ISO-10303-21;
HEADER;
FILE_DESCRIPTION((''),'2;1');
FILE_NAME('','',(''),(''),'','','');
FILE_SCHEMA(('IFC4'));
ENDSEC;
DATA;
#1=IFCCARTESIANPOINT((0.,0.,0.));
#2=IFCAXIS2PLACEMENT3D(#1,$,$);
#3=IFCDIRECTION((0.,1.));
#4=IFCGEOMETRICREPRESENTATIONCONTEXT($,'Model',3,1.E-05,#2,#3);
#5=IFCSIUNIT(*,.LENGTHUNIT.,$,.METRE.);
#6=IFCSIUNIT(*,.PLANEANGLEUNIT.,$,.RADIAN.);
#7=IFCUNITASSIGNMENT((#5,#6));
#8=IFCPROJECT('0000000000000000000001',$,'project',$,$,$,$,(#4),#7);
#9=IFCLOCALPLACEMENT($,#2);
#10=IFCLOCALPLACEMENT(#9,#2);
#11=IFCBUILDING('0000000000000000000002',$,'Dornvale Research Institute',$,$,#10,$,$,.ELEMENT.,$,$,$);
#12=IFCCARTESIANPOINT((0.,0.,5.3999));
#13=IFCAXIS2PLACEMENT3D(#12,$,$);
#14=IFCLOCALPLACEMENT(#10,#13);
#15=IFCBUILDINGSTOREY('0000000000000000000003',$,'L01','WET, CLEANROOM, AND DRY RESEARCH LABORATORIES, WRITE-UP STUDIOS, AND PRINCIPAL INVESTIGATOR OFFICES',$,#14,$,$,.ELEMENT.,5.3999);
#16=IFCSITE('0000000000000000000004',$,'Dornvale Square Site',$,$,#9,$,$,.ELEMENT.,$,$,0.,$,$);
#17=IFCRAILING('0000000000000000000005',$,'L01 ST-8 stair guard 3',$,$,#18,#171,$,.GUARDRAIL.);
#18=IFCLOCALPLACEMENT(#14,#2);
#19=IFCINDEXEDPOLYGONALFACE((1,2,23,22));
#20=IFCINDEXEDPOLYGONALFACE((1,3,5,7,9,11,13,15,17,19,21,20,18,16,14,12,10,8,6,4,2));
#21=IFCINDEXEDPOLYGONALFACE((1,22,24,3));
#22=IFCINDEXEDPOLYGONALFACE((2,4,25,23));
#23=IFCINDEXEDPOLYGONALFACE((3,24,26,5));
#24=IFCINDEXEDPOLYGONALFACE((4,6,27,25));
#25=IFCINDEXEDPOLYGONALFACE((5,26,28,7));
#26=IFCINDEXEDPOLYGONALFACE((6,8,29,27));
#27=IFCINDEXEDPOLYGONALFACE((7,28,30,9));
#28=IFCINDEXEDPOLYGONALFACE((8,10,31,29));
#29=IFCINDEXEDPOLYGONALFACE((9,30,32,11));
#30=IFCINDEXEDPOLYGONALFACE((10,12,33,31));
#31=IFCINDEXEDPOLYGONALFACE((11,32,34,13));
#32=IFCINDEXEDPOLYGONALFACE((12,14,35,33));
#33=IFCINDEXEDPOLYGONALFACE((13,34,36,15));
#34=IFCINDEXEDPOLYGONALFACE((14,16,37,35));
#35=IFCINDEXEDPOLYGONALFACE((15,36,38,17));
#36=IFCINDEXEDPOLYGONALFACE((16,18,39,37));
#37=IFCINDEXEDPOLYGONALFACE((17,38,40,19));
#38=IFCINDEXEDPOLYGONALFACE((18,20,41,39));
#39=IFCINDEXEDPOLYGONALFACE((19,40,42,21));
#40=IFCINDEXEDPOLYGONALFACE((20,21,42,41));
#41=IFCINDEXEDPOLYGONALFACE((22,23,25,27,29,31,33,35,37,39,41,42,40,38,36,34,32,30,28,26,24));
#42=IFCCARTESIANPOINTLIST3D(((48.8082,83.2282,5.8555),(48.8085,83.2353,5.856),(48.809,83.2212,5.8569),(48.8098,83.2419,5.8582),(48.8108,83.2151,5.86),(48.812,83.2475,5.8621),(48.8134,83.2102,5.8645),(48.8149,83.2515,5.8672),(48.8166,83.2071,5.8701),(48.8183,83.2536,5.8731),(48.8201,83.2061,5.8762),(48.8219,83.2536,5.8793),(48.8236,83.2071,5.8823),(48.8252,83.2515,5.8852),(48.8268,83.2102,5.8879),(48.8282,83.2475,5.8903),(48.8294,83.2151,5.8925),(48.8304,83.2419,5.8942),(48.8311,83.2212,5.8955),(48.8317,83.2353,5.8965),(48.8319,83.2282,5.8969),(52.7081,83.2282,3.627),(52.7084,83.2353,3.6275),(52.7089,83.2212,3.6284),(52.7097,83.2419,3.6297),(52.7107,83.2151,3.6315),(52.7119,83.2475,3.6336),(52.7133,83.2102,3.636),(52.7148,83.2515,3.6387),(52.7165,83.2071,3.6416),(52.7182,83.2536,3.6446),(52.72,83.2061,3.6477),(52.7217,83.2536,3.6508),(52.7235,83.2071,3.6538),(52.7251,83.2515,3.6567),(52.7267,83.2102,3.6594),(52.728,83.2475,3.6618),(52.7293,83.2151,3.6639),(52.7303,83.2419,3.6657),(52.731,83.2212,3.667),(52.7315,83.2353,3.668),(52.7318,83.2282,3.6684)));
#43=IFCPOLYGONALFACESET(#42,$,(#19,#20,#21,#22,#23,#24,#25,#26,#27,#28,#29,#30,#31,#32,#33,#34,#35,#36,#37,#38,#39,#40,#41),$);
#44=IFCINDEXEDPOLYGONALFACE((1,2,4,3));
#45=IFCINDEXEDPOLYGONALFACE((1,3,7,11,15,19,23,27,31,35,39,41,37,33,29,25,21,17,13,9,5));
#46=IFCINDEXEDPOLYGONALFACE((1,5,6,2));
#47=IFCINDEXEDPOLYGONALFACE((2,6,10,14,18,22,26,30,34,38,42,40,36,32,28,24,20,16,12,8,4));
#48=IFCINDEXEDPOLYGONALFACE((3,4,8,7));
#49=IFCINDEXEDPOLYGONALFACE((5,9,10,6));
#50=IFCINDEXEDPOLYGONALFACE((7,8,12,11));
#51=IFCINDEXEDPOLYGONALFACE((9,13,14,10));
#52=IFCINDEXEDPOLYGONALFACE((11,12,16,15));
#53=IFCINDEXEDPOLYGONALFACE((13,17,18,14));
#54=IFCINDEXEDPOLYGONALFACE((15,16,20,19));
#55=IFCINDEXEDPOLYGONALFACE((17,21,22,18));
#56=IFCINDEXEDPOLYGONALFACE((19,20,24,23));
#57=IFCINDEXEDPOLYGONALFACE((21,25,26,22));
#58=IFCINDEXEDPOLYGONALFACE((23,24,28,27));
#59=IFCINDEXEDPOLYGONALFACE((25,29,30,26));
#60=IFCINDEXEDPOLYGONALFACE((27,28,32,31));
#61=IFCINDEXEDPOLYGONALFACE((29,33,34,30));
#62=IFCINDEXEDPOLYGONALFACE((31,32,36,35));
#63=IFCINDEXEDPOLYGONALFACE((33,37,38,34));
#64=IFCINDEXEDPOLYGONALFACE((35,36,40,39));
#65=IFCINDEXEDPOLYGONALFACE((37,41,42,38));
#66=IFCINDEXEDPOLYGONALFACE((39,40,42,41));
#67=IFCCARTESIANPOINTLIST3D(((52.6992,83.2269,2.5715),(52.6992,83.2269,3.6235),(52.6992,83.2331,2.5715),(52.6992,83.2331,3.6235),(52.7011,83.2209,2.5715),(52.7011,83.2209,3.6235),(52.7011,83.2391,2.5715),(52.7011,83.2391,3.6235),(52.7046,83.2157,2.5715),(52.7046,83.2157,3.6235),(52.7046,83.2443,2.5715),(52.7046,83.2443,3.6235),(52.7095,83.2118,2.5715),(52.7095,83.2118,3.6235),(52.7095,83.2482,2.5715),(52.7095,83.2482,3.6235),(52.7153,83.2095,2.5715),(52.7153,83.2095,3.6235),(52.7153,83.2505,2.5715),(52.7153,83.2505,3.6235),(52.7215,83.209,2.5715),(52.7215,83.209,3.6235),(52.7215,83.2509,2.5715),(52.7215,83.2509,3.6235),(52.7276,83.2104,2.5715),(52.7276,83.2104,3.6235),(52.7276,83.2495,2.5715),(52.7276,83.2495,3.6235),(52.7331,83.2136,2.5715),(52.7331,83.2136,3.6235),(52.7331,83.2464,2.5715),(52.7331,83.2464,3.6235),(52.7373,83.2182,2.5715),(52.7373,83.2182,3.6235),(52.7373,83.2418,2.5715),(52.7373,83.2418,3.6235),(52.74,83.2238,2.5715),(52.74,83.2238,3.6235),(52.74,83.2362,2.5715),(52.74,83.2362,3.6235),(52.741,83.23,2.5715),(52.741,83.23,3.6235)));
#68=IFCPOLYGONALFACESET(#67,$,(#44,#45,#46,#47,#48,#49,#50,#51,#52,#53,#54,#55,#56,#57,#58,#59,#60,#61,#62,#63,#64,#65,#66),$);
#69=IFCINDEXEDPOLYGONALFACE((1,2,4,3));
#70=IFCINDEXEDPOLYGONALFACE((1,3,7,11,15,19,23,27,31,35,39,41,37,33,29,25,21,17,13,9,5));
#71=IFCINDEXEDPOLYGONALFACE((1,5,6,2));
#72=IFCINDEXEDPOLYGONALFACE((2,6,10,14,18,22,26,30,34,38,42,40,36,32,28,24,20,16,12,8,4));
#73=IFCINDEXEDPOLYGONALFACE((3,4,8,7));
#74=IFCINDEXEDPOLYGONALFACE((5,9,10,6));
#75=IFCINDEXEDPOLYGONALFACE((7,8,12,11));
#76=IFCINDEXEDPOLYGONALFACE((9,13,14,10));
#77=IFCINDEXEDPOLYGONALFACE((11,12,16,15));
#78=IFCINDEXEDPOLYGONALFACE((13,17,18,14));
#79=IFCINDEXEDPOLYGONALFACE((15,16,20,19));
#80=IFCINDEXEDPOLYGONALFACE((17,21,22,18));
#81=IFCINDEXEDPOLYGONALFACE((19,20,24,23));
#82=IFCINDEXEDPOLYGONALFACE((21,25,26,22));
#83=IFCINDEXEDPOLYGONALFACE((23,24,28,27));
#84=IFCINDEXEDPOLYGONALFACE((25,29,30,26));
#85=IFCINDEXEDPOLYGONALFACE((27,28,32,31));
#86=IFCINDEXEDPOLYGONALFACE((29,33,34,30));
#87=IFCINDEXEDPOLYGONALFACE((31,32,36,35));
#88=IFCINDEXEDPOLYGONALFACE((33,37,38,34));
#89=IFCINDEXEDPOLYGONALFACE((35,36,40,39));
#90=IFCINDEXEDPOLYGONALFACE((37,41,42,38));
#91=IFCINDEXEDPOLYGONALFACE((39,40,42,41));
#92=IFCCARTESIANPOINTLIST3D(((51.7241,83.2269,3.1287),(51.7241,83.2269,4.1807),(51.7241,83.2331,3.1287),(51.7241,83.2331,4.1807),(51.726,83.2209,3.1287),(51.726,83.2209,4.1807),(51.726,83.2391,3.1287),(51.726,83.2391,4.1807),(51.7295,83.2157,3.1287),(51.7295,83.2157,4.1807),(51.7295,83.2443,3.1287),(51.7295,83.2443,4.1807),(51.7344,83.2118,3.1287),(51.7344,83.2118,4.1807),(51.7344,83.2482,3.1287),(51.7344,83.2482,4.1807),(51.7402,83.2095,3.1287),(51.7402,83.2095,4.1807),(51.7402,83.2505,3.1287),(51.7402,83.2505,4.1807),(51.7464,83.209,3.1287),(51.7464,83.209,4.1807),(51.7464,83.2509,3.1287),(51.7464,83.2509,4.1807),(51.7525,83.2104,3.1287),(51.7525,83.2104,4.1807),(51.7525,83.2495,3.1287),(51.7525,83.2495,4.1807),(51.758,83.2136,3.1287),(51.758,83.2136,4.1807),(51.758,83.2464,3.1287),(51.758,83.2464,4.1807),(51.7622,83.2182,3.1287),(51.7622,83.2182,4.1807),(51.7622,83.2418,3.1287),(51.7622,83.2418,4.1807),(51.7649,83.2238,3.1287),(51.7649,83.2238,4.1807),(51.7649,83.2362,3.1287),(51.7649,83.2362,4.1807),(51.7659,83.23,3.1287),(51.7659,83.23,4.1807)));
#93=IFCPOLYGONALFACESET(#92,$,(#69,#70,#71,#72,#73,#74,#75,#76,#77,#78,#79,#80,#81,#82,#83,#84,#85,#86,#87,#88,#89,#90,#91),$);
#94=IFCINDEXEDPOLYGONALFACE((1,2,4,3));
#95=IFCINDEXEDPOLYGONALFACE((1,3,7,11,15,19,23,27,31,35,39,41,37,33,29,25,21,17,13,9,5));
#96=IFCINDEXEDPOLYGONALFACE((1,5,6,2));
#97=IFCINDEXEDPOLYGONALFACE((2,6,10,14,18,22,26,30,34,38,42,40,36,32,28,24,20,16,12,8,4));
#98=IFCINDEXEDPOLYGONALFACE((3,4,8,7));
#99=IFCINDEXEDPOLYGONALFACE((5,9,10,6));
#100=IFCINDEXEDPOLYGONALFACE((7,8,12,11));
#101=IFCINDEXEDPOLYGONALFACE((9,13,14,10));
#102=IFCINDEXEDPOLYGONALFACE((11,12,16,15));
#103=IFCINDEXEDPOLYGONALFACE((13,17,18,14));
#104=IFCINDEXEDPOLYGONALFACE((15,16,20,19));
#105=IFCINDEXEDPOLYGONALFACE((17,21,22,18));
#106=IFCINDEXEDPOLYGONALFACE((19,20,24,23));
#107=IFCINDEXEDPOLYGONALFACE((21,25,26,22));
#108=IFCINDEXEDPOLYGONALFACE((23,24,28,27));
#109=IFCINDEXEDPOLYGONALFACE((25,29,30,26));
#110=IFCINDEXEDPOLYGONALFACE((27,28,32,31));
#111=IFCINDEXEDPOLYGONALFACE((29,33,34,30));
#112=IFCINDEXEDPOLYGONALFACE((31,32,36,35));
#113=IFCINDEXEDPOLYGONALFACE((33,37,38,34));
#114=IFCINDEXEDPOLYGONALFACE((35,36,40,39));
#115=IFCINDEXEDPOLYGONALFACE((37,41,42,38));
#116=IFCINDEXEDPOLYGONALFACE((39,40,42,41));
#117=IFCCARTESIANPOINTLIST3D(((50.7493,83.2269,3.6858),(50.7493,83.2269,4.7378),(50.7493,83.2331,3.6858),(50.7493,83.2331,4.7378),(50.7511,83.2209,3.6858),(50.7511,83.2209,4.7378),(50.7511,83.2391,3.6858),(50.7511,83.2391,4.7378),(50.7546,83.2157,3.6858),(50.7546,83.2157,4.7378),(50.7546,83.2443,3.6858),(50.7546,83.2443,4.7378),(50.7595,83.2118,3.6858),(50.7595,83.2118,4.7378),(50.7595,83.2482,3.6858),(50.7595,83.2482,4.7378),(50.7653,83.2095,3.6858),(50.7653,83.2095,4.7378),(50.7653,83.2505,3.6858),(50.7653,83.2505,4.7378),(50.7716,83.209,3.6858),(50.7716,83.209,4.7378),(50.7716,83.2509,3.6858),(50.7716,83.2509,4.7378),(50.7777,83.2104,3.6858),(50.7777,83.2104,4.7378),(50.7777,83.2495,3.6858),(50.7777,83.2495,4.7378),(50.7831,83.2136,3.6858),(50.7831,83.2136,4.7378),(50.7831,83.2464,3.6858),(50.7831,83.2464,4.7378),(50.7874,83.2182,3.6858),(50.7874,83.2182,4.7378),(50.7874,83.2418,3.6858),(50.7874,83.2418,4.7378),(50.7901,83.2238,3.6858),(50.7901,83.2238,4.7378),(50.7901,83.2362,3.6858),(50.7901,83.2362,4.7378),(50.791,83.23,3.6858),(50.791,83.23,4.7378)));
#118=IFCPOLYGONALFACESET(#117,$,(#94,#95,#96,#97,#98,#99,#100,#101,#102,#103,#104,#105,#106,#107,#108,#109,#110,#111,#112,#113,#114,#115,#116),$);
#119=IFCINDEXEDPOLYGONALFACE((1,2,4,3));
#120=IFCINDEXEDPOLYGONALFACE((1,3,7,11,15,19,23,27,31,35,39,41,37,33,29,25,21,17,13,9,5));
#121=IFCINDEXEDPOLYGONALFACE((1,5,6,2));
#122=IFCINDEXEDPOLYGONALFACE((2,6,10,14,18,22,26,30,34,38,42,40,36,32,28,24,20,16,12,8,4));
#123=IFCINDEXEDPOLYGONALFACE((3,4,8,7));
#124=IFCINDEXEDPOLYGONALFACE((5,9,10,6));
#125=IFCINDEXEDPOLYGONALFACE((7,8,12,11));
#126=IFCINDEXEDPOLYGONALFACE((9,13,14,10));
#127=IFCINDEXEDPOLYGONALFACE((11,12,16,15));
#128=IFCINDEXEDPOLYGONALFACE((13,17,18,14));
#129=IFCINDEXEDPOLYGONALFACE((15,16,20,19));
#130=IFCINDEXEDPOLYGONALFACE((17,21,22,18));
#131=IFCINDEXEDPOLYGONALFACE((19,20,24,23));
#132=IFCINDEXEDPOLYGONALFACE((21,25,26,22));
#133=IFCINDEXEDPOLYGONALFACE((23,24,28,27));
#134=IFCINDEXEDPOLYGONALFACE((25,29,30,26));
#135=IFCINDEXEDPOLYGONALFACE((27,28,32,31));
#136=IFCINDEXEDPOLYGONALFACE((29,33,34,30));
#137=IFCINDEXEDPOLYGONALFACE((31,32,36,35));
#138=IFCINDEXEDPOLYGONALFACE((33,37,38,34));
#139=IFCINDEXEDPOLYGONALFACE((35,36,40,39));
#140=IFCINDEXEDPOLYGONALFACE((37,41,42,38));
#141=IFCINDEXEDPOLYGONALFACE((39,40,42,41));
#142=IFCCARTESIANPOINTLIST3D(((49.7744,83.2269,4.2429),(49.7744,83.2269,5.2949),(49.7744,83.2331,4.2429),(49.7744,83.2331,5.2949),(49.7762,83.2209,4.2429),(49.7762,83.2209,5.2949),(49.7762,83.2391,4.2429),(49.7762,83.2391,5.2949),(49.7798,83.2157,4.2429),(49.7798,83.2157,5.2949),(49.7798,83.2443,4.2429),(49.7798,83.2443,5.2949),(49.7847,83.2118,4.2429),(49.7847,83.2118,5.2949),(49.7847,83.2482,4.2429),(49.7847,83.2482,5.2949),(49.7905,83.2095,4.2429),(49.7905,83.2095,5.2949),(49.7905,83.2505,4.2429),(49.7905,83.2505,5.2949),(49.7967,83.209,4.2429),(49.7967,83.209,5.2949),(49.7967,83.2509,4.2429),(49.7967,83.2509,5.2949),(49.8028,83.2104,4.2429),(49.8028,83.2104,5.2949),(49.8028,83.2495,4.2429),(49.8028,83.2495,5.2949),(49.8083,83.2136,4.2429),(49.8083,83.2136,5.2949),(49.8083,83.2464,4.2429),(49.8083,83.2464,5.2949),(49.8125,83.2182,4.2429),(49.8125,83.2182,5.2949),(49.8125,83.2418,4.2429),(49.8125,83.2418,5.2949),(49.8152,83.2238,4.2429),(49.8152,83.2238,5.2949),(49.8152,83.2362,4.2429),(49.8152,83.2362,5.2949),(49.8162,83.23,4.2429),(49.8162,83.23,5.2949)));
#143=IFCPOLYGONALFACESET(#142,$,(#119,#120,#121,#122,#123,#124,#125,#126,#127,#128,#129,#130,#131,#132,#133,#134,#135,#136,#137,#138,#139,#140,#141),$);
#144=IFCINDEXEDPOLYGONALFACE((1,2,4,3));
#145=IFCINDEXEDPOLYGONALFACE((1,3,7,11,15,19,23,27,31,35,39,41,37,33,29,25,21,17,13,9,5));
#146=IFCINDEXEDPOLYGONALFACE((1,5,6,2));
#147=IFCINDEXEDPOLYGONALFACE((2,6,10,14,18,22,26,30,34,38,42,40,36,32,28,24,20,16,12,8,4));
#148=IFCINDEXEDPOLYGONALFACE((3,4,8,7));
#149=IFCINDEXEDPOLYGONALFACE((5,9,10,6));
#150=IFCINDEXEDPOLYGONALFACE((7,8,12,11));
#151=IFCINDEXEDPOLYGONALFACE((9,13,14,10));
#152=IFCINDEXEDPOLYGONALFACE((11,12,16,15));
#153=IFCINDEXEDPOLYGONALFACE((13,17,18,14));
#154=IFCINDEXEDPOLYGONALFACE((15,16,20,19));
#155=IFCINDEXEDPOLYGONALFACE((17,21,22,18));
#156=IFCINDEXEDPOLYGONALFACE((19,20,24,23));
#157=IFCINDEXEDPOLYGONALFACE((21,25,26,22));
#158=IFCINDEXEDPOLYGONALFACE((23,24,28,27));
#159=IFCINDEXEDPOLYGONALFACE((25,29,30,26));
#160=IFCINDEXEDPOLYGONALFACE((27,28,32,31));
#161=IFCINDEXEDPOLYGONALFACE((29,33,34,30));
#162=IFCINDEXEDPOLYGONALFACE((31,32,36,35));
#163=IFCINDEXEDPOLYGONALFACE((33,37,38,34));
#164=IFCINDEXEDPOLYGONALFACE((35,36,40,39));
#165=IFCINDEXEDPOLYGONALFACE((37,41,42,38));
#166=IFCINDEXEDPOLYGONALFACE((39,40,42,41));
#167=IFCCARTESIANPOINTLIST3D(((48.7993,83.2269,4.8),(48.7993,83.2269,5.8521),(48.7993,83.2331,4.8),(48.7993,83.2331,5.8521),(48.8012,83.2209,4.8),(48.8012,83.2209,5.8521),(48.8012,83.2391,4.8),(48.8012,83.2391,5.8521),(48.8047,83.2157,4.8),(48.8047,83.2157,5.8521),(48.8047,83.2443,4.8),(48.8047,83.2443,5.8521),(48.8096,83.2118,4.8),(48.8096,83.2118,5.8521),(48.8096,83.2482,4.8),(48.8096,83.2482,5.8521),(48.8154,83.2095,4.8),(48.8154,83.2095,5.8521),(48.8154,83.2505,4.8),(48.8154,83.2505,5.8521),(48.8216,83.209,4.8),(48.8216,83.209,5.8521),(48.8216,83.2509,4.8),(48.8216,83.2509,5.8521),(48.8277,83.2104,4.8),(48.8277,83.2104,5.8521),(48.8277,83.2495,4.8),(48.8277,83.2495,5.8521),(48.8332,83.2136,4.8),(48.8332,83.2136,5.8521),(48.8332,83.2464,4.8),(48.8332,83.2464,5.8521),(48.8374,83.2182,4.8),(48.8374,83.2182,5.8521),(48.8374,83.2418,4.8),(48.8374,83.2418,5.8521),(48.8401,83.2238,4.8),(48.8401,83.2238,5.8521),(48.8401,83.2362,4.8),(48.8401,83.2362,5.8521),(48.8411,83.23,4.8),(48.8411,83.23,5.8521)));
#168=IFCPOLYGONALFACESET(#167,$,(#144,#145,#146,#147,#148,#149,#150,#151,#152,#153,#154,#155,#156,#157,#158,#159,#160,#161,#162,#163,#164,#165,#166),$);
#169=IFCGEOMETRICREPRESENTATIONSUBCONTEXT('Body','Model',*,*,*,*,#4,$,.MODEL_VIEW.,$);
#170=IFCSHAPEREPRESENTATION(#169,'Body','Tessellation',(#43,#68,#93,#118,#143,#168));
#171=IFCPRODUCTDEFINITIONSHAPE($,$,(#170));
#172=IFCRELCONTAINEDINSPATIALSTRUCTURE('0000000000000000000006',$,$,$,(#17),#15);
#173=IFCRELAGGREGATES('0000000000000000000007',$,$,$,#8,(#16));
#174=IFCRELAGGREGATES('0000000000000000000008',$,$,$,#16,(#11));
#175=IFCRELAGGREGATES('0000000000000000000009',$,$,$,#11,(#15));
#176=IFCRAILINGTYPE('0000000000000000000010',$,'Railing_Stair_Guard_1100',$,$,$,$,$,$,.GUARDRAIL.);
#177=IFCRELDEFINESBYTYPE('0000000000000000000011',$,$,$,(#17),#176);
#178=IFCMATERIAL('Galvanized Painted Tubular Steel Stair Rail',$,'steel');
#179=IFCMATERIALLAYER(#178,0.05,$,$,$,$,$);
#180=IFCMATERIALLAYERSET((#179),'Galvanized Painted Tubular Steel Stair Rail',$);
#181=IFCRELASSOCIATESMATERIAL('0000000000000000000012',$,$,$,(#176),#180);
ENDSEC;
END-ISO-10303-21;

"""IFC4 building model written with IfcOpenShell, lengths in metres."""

from ifc_helpers import new_model, si_unit, direction, frame, origin, origin_2d, place, context, subcontext, project, spatial, circle, extrude, material, layer, layer_set, type_object, element, save


model = new_model("IFC4")

# Units and contexts
model_context = context("Model", 3, precision=1e-05, world=origin(), true_north=direction((0.0, 1.0)))
body_context = subcontext(model_context, "Body", "Model", "MODEL_VIEW")
ifc_project = project(units=[si_unit("LENGTHUNIT", "METRE"), si_unit("PLANEANGLEUNIT", "RADIAN")], contexts=[model_context])

# Site, building, storey
site_placement = place(None, origin())
site = spatial("IfcSite", under=ifc_project, at=site_placement, Name="Dornvale Square Site", CompositionType="ELEMENT", RefElevation=0.0)
building_placement = place(site_placement, origin())
building = spatial("IfcBuilding", under=site, at=building_placement, Name="Dornvale Research Institute", CompositionType="ELEMENT")
storey_placement = place(building_placement, frame((0.0, 0.0, 5.3999)))
storey = spatial("IfcBuildingStorey", under=building, at=storey_placement, Name="L01", Description="WET, CLEANROOM, AND DRY RESEARCH LABORATORIES, WRITE-UP STUDIOS, AND PRINCIPAL INVESTIGATOR OFFICES", CompositionType="ELEMENT", Elevation=5.3999)

# Railing
ifc_material_1 = material(Name="Galvanized Painted Tubular Steel Stair Rail", Category="steel")
ifc_layer_1 = layer(ifc_material_1, 0.05)
ifc_layer_set_1 = layer_set([ifc_layer_1], Name="Galvanized Painted Tubular Steel Stair Rail")
railing_type_1 = type_object("IfcRailingType", Name="Railing_Stair_Guard_1100", PredefinedType="GUARDRAIL", material=ifc_layer_set_1)
railing_1_placement = place(storey_placement, frame((52.72, 83.23, 2.5715)))
element("IfcRailing", 1, at=railing_1_placement, inside=storey, type_object=railing_type_1, Name="L01 ST-8 stair guard 3", PredefinedType="GUARDRAIL", context=body_context, shape_type="SweptSolid", body=[
    extrude(circle(Radius=0.0239, at=origin_2d()), frame((0.0, 0.0, 1.0762), z_axis=(-0.868243, 0.0, 0.496139), x_axis=(0.0, -1.0, 0.0)), (0.0, 0.0, 1.0), 4.4917),
    extrude(circle(Radius=0.021, at=origin_2d()), origin(), (0.0, 0.0, 1.0), 1.052),
    extrude(circle(Radius=0.021, at=origin_2d()), frame((-0.9751, 0.0, 0.5571)), (0.0, 0.0, 1.0), 1.052),
    extrude(circle(Radius=0.021, at=origin_2d()), frame((-1.95, 0.0, 1.1143)), (0.0, 0.0, 1.0), 1.052),
    extrude(circle(Radius=0.021, at=origin_2d()), frame((-2.9248, 0.0, 1.6714)), (0.0, 0.0, 1.0), 1.052),
    extrude(circle(Radius=0.021, at=origin_2d()), frame((-3.8999, 0.0, 2.2285)), (0.0, 0.0, 1.0), 1.052),
])

save(model, "model.ifc")
